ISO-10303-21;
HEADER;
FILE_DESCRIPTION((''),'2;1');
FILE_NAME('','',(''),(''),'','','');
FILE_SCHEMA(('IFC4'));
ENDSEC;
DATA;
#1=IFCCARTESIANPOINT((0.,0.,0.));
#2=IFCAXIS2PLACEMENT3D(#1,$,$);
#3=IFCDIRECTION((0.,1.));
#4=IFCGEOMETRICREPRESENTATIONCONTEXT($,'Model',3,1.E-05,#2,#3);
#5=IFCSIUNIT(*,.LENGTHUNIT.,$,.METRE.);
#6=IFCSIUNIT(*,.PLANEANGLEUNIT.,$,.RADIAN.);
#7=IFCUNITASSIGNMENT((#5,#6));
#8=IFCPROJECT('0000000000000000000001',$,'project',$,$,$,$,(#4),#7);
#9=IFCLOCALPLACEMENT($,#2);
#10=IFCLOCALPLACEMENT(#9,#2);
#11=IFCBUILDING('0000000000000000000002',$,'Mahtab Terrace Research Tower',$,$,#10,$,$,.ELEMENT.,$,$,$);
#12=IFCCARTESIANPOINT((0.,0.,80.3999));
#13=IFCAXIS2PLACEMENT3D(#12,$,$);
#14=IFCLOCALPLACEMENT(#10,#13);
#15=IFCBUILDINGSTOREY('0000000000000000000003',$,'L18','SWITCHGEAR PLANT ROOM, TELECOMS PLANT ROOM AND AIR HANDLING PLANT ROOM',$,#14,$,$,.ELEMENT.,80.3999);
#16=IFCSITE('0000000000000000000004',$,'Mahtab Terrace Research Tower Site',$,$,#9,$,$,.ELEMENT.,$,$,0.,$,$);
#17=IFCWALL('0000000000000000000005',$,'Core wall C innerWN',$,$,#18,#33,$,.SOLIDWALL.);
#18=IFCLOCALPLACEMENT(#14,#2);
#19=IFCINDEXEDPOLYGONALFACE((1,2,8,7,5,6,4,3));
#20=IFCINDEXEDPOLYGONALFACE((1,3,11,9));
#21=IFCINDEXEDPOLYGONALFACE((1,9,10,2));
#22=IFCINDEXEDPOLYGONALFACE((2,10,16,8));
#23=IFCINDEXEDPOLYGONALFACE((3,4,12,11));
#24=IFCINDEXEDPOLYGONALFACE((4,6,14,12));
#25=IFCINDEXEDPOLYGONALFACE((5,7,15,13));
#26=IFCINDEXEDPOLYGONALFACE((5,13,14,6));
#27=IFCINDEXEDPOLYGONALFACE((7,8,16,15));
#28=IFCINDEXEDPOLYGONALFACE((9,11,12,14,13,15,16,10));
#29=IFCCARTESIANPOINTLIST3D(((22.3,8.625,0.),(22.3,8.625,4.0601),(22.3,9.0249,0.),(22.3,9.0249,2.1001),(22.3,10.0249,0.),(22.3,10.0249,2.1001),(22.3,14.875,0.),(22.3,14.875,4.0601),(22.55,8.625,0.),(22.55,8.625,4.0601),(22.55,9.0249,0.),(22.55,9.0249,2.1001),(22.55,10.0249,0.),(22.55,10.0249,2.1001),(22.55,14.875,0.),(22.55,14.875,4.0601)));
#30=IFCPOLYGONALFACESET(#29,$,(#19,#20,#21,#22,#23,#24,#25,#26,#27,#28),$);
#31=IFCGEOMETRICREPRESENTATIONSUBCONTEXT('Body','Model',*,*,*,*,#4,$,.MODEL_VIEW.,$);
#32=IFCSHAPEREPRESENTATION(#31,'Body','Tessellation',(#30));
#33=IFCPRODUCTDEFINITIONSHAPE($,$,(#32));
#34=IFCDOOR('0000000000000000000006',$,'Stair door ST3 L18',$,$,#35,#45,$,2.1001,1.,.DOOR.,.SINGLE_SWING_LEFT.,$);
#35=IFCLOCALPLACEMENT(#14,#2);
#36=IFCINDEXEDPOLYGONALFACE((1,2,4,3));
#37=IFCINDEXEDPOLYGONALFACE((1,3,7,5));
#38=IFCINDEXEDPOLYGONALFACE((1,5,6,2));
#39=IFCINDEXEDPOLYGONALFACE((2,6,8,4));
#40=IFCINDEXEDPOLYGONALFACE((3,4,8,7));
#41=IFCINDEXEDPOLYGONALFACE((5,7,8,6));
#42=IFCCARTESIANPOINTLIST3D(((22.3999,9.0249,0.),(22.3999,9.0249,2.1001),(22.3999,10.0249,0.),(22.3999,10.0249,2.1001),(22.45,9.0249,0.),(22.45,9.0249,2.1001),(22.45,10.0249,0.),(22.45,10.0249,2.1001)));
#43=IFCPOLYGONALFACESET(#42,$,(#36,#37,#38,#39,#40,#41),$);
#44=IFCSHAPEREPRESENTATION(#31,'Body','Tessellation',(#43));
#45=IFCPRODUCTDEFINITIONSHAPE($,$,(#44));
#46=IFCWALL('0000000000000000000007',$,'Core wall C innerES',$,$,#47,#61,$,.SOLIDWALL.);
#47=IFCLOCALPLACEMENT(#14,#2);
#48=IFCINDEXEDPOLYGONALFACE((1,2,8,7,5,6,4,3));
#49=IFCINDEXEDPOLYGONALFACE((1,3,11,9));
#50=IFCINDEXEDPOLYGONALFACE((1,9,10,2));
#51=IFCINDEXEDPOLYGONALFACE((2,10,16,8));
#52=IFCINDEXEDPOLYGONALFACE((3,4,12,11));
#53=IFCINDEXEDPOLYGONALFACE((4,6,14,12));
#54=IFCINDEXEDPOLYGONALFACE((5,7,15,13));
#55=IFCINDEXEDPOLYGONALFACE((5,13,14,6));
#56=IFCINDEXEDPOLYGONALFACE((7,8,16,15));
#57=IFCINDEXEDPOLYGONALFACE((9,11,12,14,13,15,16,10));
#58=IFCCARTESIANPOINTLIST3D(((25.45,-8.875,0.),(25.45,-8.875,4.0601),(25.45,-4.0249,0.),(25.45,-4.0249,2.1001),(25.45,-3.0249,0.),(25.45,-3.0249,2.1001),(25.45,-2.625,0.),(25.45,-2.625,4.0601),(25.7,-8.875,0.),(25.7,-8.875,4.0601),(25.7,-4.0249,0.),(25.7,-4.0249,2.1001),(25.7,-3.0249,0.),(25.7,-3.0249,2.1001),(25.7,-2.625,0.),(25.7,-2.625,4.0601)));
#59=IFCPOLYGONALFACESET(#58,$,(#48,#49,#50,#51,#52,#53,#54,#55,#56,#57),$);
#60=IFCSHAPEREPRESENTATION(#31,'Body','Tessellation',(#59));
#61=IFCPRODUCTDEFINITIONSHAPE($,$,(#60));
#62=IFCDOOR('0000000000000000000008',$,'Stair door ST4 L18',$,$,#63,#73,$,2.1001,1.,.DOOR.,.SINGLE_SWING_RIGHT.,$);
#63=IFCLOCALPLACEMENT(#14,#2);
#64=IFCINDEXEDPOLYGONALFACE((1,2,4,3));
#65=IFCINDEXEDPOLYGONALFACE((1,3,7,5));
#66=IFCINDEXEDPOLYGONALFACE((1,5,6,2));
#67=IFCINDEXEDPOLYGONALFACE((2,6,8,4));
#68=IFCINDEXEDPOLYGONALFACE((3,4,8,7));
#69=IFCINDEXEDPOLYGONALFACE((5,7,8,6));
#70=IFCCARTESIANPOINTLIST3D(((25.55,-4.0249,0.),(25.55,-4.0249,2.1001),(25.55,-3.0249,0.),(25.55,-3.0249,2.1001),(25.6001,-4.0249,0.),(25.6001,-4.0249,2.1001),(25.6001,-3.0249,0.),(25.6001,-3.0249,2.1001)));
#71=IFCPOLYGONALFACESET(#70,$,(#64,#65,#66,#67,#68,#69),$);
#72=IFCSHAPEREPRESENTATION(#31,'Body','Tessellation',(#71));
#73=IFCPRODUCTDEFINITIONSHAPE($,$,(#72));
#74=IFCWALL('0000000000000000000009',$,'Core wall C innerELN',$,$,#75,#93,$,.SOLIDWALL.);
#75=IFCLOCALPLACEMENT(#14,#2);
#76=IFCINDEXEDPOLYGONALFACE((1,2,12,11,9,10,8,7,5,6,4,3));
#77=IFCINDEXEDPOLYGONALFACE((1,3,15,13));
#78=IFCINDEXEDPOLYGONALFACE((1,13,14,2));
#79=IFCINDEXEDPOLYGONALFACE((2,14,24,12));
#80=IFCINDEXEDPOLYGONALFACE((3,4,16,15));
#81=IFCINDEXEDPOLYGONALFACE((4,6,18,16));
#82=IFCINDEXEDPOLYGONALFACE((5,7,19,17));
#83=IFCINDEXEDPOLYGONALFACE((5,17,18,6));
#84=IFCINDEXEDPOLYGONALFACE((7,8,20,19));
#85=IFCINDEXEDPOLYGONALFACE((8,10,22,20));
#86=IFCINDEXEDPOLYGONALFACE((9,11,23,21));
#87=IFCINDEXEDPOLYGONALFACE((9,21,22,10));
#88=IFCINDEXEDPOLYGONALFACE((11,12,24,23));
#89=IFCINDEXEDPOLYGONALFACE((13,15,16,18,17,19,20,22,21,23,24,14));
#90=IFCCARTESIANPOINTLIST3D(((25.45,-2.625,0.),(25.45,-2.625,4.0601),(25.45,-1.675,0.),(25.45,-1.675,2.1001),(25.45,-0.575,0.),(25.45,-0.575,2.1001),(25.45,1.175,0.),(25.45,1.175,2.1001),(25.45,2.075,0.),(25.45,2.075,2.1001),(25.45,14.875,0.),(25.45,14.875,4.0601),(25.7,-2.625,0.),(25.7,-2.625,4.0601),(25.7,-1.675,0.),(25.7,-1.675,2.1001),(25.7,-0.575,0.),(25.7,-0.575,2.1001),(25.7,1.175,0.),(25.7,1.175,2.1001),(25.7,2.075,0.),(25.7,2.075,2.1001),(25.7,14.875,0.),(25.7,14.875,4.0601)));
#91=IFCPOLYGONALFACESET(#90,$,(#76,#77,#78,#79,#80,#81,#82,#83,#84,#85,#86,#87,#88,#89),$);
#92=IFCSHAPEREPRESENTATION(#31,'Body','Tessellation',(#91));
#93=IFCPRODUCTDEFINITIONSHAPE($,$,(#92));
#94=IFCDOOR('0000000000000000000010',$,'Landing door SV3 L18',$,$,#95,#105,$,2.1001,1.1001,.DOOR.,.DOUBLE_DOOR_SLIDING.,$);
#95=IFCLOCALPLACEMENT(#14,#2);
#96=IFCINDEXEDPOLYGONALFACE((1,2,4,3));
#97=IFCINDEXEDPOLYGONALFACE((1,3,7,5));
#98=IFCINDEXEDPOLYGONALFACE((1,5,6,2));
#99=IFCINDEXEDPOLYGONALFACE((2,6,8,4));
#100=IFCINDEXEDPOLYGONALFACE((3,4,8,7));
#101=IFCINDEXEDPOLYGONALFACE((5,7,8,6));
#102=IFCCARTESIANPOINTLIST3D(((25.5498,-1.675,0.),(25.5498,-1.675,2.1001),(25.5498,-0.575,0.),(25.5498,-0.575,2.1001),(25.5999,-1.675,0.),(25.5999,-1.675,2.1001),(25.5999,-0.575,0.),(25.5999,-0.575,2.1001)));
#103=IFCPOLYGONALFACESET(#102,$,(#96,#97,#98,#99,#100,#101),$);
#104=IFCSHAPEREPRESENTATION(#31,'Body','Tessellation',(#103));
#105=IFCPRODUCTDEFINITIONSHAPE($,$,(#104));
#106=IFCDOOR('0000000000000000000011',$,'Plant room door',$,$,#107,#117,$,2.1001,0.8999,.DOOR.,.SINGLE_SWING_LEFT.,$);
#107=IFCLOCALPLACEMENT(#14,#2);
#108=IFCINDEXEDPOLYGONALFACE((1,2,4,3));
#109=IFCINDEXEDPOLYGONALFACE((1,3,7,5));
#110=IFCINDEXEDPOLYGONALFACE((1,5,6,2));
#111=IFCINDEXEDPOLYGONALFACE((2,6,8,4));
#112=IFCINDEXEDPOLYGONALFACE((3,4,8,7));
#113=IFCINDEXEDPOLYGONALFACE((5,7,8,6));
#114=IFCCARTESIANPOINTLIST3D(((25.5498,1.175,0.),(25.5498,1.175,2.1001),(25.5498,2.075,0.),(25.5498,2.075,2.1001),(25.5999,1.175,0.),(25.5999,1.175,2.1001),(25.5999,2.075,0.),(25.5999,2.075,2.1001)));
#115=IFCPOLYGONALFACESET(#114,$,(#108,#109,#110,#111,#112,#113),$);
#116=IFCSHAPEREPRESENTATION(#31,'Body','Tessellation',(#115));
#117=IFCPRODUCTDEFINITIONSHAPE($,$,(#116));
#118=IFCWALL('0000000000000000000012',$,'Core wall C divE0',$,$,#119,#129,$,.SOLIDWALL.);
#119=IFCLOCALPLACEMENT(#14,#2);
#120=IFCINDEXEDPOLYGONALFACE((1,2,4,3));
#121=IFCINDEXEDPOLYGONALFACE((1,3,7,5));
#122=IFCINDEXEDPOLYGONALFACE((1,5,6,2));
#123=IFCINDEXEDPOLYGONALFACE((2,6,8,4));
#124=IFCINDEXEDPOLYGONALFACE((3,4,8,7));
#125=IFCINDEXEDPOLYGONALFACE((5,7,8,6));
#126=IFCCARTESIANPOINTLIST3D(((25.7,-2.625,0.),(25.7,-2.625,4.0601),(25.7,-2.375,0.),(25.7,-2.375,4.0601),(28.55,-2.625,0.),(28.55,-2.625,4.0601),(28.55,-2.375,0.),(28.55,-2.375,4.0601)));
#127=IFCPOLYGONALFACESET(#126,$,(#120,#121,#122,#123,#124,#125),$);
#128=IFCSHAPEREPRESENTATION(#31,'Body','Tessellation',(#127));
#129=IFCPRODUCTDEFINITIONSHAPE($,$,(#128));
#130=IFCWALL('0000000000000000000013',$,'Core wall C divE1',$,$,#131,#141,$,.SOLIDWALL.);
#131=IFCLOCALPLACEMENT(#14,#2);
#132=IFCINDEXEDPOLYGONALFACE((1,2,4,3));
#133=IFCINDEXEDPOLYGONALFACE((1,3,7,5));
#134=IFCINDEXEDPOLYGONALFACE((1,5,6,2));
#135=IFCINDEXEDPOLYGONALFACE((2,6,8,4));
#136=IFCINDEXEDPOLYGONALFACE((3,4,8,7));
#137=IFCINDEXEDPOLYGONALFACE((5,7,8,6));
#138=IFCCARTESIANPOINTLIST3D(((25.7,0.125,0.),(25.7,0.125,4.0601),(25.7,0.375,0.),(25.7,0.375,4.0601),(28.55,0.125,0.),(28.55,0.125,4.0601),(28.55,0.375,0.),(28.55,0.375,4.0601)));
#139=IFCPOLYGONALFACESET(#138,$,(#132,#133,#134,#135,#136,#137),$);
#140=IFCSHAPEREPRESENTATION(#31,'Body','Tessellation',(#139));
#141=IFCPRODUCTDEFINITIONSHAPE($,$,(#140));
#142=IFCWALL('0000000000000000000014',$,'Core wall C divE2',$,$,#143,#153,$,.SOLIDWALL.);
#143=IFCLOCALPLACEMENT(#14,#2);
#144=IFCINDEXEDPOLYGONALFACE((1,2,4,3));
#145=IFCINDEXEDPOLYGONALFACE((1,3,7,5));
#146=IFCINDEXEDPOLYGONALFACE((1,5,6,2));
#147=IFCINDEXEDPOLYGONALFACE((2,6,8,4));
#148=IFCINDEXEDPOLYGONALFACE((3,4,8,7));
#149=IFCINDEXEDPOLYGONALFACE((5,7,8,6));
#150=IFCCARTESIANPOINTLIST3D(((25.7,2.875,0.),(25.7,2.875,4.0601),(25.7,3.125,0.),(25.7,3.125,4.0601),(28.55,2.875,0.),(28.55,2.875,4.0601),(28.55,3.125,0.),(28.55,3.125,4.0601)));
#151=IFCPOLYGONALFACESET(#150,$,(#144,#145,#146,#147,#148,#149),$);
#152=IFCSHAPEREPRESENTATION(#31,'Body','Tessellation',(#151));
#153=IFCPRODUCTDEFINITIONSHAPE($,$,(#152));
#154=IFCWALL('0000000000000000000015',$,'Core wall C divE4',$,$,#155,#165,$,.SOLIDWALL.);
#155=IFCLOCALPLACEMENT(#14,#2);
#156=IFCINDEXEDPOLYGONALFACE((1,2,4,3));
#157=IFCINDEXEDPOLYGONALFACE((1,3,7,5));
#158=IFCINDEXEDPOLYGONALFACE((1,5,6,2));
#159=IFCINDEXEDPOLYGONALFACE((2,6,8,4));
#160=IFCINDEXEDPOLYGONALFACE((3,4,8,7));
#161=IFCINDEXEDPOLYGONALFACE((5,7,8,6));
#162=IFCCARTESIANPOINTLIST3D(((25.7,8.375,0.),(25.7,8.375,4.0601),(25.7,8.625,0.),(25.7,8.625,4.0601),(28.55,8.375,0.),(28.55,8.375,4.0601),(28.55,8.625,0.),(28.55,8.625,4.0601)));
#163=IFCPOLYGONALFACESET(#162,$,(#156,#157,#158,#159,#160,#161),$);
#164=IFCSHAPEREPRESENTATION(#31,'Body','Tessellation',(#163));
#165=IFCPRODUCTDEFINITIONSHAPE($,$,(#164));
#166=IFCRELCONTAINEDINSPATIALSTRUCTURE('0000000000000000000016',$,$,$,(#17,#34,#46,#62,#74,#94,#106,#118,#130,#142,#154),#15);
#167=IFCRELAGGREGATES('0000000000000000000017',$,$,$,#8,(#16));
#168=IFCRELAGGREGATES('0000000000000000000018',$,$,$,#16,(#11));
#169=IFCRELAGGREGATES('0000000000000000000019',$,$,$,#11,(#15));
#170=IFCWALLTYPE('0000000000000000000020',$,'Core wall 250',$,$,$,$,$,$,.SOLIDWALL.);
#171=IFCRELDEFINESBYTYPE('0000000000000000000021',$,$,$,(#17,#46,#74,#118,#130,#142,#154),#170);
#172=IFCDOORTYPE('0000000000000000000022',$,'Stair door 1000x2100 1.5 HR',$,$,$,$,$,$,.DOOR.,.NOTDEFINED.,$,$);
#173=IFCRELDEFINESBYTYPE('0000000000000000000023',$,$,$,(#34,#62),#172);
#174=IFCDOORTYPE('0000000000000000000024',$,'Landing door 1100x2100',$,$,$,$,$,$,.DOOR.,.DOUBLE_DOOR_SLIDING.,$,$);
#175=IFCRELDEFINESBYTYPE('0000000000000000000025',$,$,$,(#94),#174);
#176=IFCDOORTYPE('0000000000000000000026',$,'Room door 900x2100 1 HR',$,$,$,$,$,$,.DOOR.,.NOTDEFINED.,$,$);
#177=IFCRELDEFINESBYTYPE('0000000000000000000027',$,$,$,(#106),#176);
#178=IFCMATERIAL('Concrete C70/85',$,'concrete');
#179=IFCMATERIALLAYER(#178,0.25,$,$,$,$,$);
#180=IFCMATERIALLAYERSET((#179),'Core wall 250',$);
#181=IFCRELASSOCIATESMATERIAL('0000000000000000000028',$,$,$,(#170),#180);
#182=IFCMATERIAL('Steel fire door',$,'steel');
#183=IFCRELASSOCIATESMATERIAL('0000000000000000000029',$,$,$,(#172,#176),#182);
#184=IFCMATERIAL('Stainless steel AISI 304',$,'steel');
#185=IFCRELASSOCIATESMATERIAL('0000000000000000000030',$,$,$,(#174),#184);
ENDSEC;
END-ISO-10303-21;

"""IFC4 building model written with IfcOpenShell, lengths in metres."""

from ifc_helpers import new_model, si_unit, direction, frame, frame_2d, origin, place, context, subcontext, project, spatial, rectangle, extrude, material, layer, layer_set, type_object, element, fill, save


model = new_model("IFC4")

# Units and contexts
model_context = context("Model", 3, precision=1e-05, world=origin(), true_north=direction((0.0, 1.0)))
body_context = subcontext(model_context, "Body", "Model", "MODEL_VIEW")
ifc_project = project(units=[si_unit("LENGTHUNIT", "METRE"), si_unit("PLANEANGLEUNIT", "RADIAN")], contexts=[model_context])

# Site, building, storey
site_placement = place(None, origin())
site = spatial("IfcSite", under=ifc_project, at=site_placement, Name="Mahtab Terrace Research Tower Site", CompositionType="ELEMENT", RefElevation=0.0)
building_placement = place(site_placement, origin())
building = spatial("IfcBuilding", under=site, at=building_placement, Name="Mahtab Terrace Research Tower", CompositionType="ELEMENT")
storey_placement = place(building_placement, frame((0.0, 0.0, 80.3999)))
storey = spatial("IfcBuildingStorey", under=building, at=storey_placement, Name="L18", Description="SWITCHGEAR PLANT ROOM, TELECOMS PLANT ROOM AND AIR HANDLING PLANT ROOM", CompositionType="ELEMENT", Elevation=80.3999)

# Shared definitions
ifc_material_1 = material(Name="Concrete C70/85", Category="concrete")

# Walls, openings, doors
ifc_layer_1 = layer(ifc_material_1, 0.25)
ifc_layer_set_1 = layer_set([ifc_layer_1], Name="Core wall 250")
wall_type_1 = type_object("IfcWallType", Name="Core wall 250", PredefinedType="SOLIDWALL", material=ifc_layer_set_1)
wall_1_placement = place(storey_placement, frame((22.425, 14.875, 0.0), z_axis=(0.0, 0.0, 1.0), x_axis=(0.0, -1.0, 0.0)))
wall_1 = element("IfcWall", 1, at=wall_1_placement, inside=storey, type_object=wall_type_1, Name="Core wall C innerWN", PredefinedType="SOLIDWALL", context=body_context, shape_type="SweptSolid", body=[
    extrude(rectangle(XDim=6.25, YDim=0.25, at=frame_2d((3.125, 0.0))), origin(), (0.0, 0.0, 1.0), 4.0601),
])
opening_1_placement = place(wall_1_placement, frame((4.8501, 0.0, 0.0)))
opening_1 = element("IfcOpeningElement", 2, at=opening_1_placement, cuts=wall_1, PredefinedType="OPENING", context=body_context, shape_type="SweptSolid", body=[
    extrude(rectangle(XDim=1.0, YDim=2.1001, at=frame_2d((0.5, 1.05))), frame((0.0, 0.135, 0.0), z_axis=(0.0, -1.0, 0.0), x_axis=(1.0, 0.0, 0.0)), (0.0, 0.0, 1.0), 0.27),
])
ifc_material_2 = material(Name="Steel fire door", Category="steel")
door_type_1 = type_object("IfcDoorType", Name="Stair door 1000x2100 1.5 HR", OperationType="NOTDEFINED", PredefinedType="DOOR", material=ifc_material_2)
door_1_placement = place(opening_1_placement, origin())
door_1 = element("IfcDoor", 3, at=door_1_placement, inside=storey, type_object=door_type_1, Name="Stair door ST3 L18", OperationType="SINGLE_SWING_LEFT", OverallHeight=2.1001, OverallWidth=1.0, PredefinedType="DOOR", context=body_context, shape_type="SweptSolid", body=[
    extrude(rectangle(XDim=1.0, YDim=2.1001, at=frame_2d((0.5, 1.05))), frame((0.0, 0.0249, 0.0), z_axis=(0.0, -1.0, 0.0), x_axis=(1.0, 0.0, 0.0)), (0.0, 0.0, 1.0), 0.05),
])
fill(opening_1, door_1)
wall_2_placement = place(storey_placement, frame((25.575, -8.875, 0.0), z_axis=(0.0, 0.0, 1.0), x_axis=(0.0, 1.0, 0.0)))
wall_2 = element("IfcWall", 4, at=wall_2_placement, inside=storey, type_object=wall_type_1, Name="Core wall C innerES", PredefinedType="SOLIDWALL", context=body_context, shape_type="SweptSolid", body=[
    extrude(rectangle(XDim=6.25, YDim=0.25, at=frame_2d((3.125, 0.0))), origin(), (0.0, 0.0, 1.0), 4.0601),
])
opening_2_placement = place(wall_2_placement, frame((4.8501, 0.0, 0.0)))
opening_2 = element("IfcOpeningElement", 5, at=opening_2_placement, cuts=wall_2, PredefinedType="OPENING", context=body_context, shape_type="SweptSolid", body=[
    extrude(rectangle(XDim=1.0, YDim=2.1001, at=frame_2d((0.5, 1.05))), frame((0.0, 0.135, 0.0), z_axis=(0.0, -1.0, 0.0), x_axis=(1.0, 0.0, 0.0)), (0.0, 0.0, 1.0), 0.27),
])
door_2_placement = place(opening_2_placement, origin())
door_2 = element("IfcDoor", 6, at=door_2_placement, inside=storey, type_object=door_type_1, Name="Stair door ST4 L18", OperationType="SINGLE_SWING_RIGHT", OverallHeight=2.1001, OverallWidth=1.0, PredefinedType="DOOR", context=body_context, shape_type="SweptSolid", body=[
    extrude(rectangle(XDim=1.0, YDim=2.1001, at=frame_2d((0.5, 1.05))), frame((0.0, 0.0249, 0.0), z_axis=(0.0, -1.0, 0.0), x_axis=(1.0, 0.0, 0.0)), (0.0, 0.0, 1.0), 0.05),
])
fill(opening_2, door_2)

# Wall, openings, doors
wall_3_placement = place(storey_placement, frame((25.575, 14.875, 0.0), z_axis=(0.0, 0.0, 1.0), x_axis=(0.0, -1.0, 0.0)))
wall_3 = element("IfcWall", 7, at=wall_3_placement, inside=storey, type_object=wall_type_1, Name="Core wall C innerELN", PredefinedType="SOLIDWALL", context=body_context, shape_type="SweptSolid", body=[
    extrude(rectangle(XDim=17.5, YDim=0.25, at=frame_2d((8.75, 0.0))), origin(), (0.0, 0.0, 1.0), 4.0601),
])
opening_3_placement = place(wall_3_placement, frame((15.45, 0.0, 0.0)))
opening_3 = element("IfcOpeningElement", 8, at=opening_3_placement, cuts=wall_3, PredefinedType="OPENING", context=body_context, shape_type="SweptSolid", body=[
    extrude(rectangle(XDim=1.1001, YDim=2.1001, at=frame_2d((0.55, 1.05))), frame((0.0, 0.135, 0.0), z_axis=(0.0, -1.0, 0.0), x_axis=(1.0, 0.0, 0.0)), (0.0, 0.0, 1.0), 0.27),
])
opening_4_placement = place(wall_3_placement, frame((12.8, 0.0, 0.0)))
opening_4 = element("IfcOpeningElement", 9, at=opening_4_placement, cuts=wall_3, PredefinedType="OPENING", context=body_context, shape_type="SweptSolid", body=[
    extrude(rectangle(XDim=0.8999, YDim=2.1001, at=frame_2d((0.45, 1.05))), frame((0.0, 0.135, 0.0), z_axis=(0.0, -1.0, 0.0), x_axis=(1.0, 0.0, 0.0)), (0.0, 0.0, 1.0), 0.27),
])
ifc_material_3 = material(Name="Stainless steel AISI 304", Category="steel")
door_type_2 = type_object("IfcDoorType", Name="Landing door 1100x2100", OperationType="DOUBLE_DOOR_SLIDING", PredefinedType="DOOR", material=ifc_material_3)
door_3_placement = place(opening_3_placement, origin())
door_3 = element("IfcDoor", 10, at=door_3_placement, inside=storey, type_object=door_type_2, Name="Landing door SV3 L18", OperationType="DOUBLE_DOOR_SLIDING", OverallHeight=2.1001, OverallWidth=1.1001, PredefinedType="DOOR", context=body_context, shape_type="SweptSolid", body=[
    extrude(rectangle(XDim=1.1001, YDim=2.1001, at=frame_2d((0.55, 1.05))), frame((0.0, 0.0249, 0.0), z_axis=(0.0, -1.0, 0.0), x_axis=(1.0, 0.0, 0.0)), (0.0, 0.0, 1.0), 0.05),
])
fill(opening_3, door_3)
door_type_3 = type_object("IfcDoorType", Name="Room door 900x2100 1 HR", OperationType="NOTDEFINED", PredefinedType="DOOR", material=ifc_material_2)
door_4_placement = place(opening_4_placement, origin())
door_4 = element("IfcDoor", 11, at=door_4_placement, inside=storey, type_object=door_type_3, Name="Plant room door", OperationType="SINGLE_SWING_LEFT", OverallHeight=2.1001, OverallWidth=0.8999, PredefinedType="DOOR", context=body_context, shape_type="SweptSolid", body=[
    extrude(rectangle(XDim=0.8999, YDim=2.1001, at=frame_2d((0.45, 1.05))), frame((0.0, 0.0249, 0.0), z_axis=(0.0, -1.0, 0.0), x_axis=(1.0, 0.0, 0.0)), (0.0, 0.0, 1.0), 0.05),
])
fill(opening_4, door_4)

# Walls
for number, where, z_axis, x_axis, name in (
    (12, (25.7, -2.5, 0.0), (0.0, 0.0, 1.0), (1.0, 0.0, 0.0), "Core wall C divE0"),
    (13, (25.7, 0.25, 0.0), (0.0, 0.0, 1.0), (1.0, 0.0, 0.0), "Core wall C divE1"),
    (14, (25.7, 3.0, 0.0), (0.0, 0.0, 1.0), (1.0, 0.0, 0.0), "Core wall C divE2"),
    (15, (25.7, 8.5, 0.0), (0.0, 0.0, 1.0), (1.0, 0.0, 0.0), "Core wall C divE4"),
):
    element("IfcWall", number, at=place(storey_placement, frame(where, z_axis=z_axis, x_axis=x_axis)), inside=storey, type_object=wall_type_1, Name=name, PredefinedType="SOLIDWALL", context=body_context, shape_type="SweptSolid", body=[
        extrude(rectangle(XDim=2.8501, YDim=0.25, at=frame_2d((1.425, 0.0))), origin(), (0.0, 0.0, 1.0), 4.0601),
    ])

save(model, "model.ifc")
